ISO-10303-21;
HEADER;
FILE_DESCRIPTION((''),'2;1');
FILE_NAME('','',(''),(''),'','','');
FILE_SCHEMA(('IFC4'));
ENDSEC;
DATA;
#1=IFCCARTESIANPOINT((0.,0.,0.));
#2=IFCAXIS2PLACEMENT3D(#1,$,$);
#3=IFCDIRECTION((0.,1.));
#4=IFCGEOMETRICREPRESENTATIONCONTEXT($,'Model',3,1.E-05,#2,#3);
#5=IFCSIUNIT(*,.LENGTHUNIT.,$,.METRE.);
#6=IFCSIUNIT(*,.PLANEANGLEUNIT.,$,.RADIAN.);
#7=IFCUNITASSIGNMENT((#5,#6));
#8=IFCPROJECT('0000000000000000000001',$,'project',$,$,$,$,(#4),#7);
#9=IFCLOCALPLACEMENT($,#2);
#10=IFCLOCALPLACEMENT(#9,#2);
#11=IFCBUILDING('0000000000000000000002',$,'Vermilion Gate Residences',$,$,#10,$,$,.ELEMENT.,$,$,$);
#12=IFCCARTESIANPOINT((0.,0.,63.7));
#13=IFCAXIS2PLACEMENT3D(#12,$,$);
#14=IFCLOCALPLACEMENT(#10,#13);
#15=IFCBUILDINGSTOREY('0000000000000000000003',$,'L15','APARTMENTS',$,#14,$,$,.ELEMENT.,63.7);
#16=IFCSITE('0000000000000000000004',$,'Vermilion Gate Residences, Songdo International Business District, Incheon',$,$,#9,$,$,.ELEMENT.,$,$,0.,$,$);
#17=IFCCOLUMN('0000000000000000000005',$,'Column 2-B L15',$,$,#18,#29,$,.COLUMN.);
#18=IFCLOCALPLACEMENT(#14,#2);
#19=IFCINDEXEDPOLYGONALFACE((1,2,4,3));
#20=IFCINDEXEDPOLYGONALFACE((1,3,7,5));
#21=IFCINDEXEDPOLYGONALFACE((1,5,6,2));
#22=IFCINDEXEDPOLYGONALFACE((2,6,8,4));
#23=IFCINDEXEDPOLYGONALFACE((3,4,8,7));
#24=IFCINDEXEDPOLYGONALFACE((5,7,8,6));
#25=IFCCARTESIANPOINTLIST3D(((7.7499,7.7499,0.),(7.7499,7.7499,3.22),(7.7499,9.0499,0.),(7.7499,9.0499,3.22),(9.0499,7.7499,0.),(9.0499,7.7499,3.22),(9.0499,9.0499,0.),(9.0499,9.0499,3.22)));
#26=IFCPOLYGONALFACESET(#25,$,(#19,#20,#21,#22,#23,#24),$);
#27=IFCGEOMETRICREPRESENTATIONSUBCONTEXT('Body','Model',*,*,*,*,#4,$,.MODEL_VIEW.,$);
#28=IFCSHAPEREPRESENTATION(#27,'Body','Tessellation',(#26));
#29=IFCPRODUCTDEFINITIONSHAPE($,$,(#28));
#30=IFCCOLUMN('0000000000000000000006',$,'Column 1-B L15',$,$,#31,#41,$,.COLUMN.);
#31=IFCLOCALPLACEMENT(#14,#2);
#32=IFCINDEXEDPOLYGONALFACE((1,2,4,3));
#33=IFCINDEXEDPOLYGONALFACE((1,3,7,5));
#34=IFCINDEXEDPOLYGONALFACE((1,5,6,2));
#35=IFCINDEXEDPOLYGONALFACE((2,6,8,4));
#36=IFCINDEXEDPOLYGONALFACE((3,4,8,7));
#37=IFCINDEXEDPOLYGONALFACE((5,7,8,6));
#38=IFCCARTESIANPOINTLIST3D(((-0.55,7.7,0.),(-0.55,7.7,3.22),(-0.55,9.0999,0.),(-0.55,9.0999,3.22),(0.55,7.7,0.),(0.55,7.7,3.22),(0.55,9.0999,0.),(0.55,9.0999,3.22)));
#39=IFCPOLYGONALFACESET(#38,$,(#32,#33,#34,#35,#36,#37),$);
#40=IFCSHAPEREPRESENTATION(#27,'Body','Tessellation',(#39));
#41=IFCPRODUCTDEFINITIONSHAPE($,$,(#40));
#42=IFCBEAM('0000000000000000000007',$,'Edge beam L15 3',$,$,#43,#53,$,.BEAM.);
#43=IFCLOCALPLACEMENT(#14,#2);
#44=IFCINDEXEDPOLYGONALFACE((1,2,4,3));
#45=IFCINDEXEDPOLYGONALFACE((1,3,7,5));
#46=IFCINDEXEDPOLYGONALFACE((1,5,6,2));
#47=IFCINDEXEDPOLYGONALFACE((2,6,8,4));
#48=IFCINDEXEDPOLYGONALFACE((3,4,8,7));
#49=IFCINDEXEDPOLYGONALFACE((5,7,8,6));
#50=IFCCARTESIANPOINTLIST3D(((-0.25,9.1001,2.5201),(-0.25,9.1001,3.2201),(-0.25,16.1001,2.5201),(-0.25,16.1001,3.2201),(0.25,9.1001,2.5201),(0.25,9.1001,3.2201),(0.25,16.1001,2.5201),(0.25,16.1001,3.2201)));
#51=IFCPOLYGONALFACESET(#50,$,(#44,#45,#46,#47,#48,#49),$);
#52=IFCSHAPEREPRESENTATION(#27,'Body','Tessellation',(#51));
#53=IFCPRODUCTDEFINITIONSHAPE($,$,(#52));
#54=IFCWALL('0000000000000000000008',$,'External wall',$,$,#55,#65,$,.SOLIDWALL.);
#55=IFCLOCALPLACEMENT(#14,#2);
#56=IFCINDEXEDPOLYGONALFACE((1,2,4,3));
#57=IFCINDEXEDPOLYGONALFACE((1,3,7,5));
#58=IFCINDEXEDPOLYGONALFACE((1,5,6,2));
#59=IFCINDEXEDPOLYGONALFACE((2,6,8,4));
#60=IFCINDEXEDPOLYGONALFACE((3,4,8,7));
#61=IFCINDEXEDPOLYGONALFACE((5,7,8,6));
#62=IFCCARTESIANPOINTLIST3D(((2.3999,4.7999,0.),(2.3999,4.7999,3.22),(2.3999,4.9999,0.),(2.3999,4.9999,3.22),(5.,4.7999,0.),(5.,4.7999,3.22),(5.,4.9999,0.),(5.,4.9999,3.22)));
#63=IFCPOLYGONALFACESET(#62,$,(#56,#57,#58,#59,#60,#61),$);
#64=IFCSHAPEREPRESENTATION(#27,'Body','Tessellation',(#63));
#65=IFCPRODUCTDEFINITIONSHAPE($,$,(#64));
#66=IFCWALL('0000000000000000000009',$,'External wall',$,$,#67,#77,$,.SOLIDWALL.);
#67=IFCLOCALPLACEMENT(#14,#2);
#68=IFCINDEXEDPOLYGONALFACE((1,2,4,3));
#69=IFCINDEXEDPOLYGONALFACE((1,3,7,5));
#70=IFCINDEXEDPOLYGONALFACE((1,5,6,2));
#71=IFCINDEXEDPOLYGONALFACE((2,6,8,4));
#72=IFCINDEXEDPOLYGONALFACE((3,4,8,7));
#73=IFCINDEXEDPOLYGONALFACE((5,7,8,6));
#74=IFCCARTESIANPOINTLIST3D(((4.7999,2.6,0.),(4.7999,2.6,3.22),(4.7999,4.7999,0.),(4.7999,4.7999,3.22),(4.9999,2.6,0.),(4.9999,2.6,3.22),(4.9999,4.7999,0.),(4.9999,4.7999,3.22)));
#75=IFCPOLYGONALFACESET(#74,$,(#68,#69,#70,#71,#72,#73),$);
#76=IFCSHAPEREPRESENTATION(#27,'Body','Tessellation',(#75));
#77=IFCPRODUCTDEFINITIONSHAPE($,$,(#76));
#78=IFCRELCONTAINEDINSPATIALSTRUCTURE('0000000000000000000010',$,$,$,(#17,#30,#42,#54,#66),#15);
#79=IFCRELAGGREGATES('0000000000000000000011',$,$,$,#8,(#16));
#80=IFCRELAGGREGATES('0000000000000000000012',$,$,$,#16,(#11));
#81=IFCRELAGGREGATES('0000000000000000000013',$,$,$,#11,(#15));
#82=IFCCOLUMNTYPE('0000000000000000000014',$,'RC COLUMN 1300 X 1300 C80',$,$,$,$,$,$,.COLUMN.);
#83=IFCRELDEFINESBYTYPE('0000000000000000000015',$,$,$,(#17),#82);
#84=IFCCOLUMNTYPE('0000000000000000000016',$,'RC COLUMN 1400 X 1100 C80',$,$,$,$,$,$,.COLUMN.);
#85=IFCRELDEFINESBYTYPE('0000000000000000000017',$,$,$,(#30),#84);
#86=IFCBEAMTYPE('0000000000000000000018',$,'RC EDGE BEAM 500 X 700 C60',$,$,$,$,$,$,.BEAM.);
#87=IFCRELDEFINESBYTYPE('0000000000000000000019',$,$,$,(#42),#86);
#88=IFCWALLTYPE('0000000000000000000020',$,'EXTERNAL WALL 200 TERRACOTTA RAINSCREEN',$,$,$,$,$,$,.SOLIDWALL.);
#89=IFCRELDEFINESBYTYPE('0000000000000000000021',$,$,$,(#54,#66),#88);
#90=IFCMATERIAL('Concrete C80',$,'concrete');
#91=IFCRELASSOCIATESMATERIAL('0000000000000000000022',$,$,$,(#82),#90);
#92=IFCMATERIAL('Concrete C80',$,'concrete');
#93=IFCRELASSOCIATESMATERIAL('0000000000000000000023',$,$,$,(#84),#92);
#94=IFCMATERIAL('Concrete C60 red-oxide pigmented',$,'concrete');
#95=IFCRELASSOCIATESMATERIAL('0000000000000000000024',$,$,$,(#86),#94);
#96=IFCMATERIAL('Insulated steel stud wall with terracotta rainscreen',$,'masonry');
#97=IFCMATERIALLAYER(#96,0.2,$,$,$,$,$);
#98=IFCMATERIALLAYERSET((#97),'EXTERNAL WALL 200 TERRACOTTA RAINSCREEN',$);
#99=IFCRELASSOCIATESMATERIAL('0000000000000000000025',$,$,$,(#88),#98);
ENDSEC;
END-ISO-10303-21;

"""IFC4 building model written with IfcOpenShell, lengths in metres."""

from ifc_helpers import new_model, si_unit, direction, frame, frame_2d, origin, origin_2d, place, context, subcontext, project, spatial, rectangle, extrude, material, layer, layer_set, material_profile, profile_set, type_object, element, save


model = new_model("IFC4")

# Units and contexts
model_context = context("Model", 3, precision=1e-05, world=origin(), true_north=direction((0.0, 1.0)))
body_context = subcontext(model_context, "Body", "Model", "MODEL_VIEW")
ifc_project = project(units=[si_unit("LENGTHUNIT", "METRE"), si_unit("PLANEANGLEUNIT", "RADIAN")], contexts=[model_context])

# Site, building, storey
site_placement = place(None, origin())
site = spatial("IfcSite", under=ifc_project, at=site_placement, Name="Vermilion Gate Residences, Songdo International Business District, Incheon", CompositionType="ELEMENT", RefElevation=0.0)
building_placement = place(site_placement, origin())
building = spatial("IfcBuilding", under=site, at=building_placement, Name="Vermilion Gate Residences", CompositionType="ELEMENT")
storey_placement = place(building_placement, frame((0.0, 0.0, 63.7)))
storey = spatial("IfcBuildingStorey", under=building, at=storey_placement, Name="L15", Description="APARTMENTS", CompositionType="ELEMENT", Elevation=63.7)

# Columns
ifc_material_1 = material(Name="Concrete C80", Category="concrete")
ifc_material_profile_1 = material_profile(ifc_material_1, rectangle(XDim=1.3, YDim=1.3, at=origin_2d()), Name="RC-1300x1300")
ifc_profile_set_1 = profile_set([ifc_material_profile_1], Name="Concrete C80")
column_type_1 = type_object("IfcColumnType", Name="RC COLUMN 1300 X 1300 C80", PredefinedType="COLUMN", material=ifc_profile_set_1)
column_1_placement = place(storey_placement, frame((8.3999, 8.3999, 0.0), z_axis=(0.0, 0.0, 1.0), x_axis=(1.0, 0.0, 0.0)))
element("IfcColumn", 1, at=column_1_placement, inside=storey, type_object=column_type_1, Name="Column 2-B L15", PredefinedType="COLUMN", context=body_context, shape_type="SweptSolid", body=[
    extrude(rectangle(XDim=1.3, YDim=1.3, at=origin_2d()), origin(), (0.0, 0.0, 1.0), 3.22),
])
ifc_material_2 = material(Name="Concrete C80", Category="concrete")
ifc_material_profile_2 = material_profile(ifc_material_2, rectangle(XDim=1.3999, YDim=1.1001, at=origin_2d()), Name="RC-1400x1100")
ifc_profile_set_2 = profile_set([ifc_material_profile_2], Name="Concrete C80")
column_type_2 = type_object("IfcColumnType", Name="RC COLUMN 1400 X 1100 C80", PredefinedType="COLUMN", material=ifc_profile_set_2)
column_2_placement = place(storey_placement, frame((0.0, 8.3999, 0.0), z_axis=(0.0, 0.0, 1.0), x_axis=(0.0, 1.0, 0.0)))
element("IfcColumn", 2, at=column_2_placement, inside=storey, type_object=column_type_2, Name="Column 1-B L15", PredefinedType="COLUMN", context=body_context, shape_type="SweptSolid", body=[
    extrude(rectangle(XDim=1.3999, YDim=1.1001, at=origin_2d()), origin(), (0.0, 0.0, 1.0), 3.22),
])

# Beam
ifc_material_3 = material(Name="Concrete C60 red-oxide pigmented", Category="concrete")
ifc_material_profile_3 = material_profile(ifc_material_3, rectangle(XDim=0.5, YDim=0.7, at=origin_2d()), Name="RC-500x700")
ifc_profile_set_3 = profile_set([ifc_material_profile_3], Name="Concrete C60 red-oxide pigmented")
beam_type = type_object("IfcBeamType", Name="RC EDGE BEAM 500 X 700 C60", PredefinedType="BEAM", material=ifc_profile_set_3)
beam_placement = place(storey_placement, frame((0.0, 9.1001, 2.8701), z_axis=(0.0, 1.0, 0.0), x_axis=(-1.0, 0.0, 0.0)))
element("IfcBeam", 3, at=beam_placement, inside=storey, type_object=beam_type, Name="Edge beam L15 3", PredefinedType="BEAM", context=body_context, shape_type="SweptSolid", body=[
    extrude(rectangle(XDim=0.5, YDim=0.7, at=origin_2d()), origin(), (0.0, 0.0, 1.0), 7.0),
])

# Walls
ifc_material_4 = material(Name="Insulated steel stud wall with terracotta rainscreen", Category="masonry")
ifc_layer_1 = layer(ifc_material_4, 0.2)
ifc_layer_set_1 = layer_set([ifc_layer_1], Name="EXTERNAL WALL 200 TERRACOTTA RAINSCREEN")
wall_type_1 = type_object("IfcWallType", Name="EXTERNAL WALL 200 TERRACOTTA RAINSCREEN", PredefinedType="SOLIDWALL", material=ifc_layer_set_1)
wall_1_placement = place(storey_placement, frame((2.3999, 4.8999, 0.0), z_axis=(0.0, 0.0, 1.0), x_axis=(1.0, 0.0, 0.0)))
element("IfcWall", 4, at=wall_1_placement, inside=storey, type_object=wall_type_1, Name="External wall", PredefinedType="SOLIDWALL", context=body_context, shape_type="SweptSolid", body=[
    extrude(rectangle(XDim=2.6001, YDim=0.2, at=frame_2d((1.3, 0.0))), origin(), (0.0, 0.0, 1.0), 3.22),
])
wall_2_placement = place(storey_placement, frame((4.8999, 4.8, 0.0), z_axis=(0.0, 0.0, 1.0), x_axis=(0.0, -1.0, 0.0)))
element("IfcWall", 5, at=wall_2_placement, inside=storey, type_object=wall_type_1, Name="External wall", PredefinedType="SOLIDWALL", context=body_context, shape_type="SweptSolid", body=[
    extrude(rectangle(XDim=2.2, YDim=0.2, at=frame_2d((1.1001, 0.0))), origin(), (0.0, 0.0, 1.0), 3.22),
])

save(model, "model.ifc")
